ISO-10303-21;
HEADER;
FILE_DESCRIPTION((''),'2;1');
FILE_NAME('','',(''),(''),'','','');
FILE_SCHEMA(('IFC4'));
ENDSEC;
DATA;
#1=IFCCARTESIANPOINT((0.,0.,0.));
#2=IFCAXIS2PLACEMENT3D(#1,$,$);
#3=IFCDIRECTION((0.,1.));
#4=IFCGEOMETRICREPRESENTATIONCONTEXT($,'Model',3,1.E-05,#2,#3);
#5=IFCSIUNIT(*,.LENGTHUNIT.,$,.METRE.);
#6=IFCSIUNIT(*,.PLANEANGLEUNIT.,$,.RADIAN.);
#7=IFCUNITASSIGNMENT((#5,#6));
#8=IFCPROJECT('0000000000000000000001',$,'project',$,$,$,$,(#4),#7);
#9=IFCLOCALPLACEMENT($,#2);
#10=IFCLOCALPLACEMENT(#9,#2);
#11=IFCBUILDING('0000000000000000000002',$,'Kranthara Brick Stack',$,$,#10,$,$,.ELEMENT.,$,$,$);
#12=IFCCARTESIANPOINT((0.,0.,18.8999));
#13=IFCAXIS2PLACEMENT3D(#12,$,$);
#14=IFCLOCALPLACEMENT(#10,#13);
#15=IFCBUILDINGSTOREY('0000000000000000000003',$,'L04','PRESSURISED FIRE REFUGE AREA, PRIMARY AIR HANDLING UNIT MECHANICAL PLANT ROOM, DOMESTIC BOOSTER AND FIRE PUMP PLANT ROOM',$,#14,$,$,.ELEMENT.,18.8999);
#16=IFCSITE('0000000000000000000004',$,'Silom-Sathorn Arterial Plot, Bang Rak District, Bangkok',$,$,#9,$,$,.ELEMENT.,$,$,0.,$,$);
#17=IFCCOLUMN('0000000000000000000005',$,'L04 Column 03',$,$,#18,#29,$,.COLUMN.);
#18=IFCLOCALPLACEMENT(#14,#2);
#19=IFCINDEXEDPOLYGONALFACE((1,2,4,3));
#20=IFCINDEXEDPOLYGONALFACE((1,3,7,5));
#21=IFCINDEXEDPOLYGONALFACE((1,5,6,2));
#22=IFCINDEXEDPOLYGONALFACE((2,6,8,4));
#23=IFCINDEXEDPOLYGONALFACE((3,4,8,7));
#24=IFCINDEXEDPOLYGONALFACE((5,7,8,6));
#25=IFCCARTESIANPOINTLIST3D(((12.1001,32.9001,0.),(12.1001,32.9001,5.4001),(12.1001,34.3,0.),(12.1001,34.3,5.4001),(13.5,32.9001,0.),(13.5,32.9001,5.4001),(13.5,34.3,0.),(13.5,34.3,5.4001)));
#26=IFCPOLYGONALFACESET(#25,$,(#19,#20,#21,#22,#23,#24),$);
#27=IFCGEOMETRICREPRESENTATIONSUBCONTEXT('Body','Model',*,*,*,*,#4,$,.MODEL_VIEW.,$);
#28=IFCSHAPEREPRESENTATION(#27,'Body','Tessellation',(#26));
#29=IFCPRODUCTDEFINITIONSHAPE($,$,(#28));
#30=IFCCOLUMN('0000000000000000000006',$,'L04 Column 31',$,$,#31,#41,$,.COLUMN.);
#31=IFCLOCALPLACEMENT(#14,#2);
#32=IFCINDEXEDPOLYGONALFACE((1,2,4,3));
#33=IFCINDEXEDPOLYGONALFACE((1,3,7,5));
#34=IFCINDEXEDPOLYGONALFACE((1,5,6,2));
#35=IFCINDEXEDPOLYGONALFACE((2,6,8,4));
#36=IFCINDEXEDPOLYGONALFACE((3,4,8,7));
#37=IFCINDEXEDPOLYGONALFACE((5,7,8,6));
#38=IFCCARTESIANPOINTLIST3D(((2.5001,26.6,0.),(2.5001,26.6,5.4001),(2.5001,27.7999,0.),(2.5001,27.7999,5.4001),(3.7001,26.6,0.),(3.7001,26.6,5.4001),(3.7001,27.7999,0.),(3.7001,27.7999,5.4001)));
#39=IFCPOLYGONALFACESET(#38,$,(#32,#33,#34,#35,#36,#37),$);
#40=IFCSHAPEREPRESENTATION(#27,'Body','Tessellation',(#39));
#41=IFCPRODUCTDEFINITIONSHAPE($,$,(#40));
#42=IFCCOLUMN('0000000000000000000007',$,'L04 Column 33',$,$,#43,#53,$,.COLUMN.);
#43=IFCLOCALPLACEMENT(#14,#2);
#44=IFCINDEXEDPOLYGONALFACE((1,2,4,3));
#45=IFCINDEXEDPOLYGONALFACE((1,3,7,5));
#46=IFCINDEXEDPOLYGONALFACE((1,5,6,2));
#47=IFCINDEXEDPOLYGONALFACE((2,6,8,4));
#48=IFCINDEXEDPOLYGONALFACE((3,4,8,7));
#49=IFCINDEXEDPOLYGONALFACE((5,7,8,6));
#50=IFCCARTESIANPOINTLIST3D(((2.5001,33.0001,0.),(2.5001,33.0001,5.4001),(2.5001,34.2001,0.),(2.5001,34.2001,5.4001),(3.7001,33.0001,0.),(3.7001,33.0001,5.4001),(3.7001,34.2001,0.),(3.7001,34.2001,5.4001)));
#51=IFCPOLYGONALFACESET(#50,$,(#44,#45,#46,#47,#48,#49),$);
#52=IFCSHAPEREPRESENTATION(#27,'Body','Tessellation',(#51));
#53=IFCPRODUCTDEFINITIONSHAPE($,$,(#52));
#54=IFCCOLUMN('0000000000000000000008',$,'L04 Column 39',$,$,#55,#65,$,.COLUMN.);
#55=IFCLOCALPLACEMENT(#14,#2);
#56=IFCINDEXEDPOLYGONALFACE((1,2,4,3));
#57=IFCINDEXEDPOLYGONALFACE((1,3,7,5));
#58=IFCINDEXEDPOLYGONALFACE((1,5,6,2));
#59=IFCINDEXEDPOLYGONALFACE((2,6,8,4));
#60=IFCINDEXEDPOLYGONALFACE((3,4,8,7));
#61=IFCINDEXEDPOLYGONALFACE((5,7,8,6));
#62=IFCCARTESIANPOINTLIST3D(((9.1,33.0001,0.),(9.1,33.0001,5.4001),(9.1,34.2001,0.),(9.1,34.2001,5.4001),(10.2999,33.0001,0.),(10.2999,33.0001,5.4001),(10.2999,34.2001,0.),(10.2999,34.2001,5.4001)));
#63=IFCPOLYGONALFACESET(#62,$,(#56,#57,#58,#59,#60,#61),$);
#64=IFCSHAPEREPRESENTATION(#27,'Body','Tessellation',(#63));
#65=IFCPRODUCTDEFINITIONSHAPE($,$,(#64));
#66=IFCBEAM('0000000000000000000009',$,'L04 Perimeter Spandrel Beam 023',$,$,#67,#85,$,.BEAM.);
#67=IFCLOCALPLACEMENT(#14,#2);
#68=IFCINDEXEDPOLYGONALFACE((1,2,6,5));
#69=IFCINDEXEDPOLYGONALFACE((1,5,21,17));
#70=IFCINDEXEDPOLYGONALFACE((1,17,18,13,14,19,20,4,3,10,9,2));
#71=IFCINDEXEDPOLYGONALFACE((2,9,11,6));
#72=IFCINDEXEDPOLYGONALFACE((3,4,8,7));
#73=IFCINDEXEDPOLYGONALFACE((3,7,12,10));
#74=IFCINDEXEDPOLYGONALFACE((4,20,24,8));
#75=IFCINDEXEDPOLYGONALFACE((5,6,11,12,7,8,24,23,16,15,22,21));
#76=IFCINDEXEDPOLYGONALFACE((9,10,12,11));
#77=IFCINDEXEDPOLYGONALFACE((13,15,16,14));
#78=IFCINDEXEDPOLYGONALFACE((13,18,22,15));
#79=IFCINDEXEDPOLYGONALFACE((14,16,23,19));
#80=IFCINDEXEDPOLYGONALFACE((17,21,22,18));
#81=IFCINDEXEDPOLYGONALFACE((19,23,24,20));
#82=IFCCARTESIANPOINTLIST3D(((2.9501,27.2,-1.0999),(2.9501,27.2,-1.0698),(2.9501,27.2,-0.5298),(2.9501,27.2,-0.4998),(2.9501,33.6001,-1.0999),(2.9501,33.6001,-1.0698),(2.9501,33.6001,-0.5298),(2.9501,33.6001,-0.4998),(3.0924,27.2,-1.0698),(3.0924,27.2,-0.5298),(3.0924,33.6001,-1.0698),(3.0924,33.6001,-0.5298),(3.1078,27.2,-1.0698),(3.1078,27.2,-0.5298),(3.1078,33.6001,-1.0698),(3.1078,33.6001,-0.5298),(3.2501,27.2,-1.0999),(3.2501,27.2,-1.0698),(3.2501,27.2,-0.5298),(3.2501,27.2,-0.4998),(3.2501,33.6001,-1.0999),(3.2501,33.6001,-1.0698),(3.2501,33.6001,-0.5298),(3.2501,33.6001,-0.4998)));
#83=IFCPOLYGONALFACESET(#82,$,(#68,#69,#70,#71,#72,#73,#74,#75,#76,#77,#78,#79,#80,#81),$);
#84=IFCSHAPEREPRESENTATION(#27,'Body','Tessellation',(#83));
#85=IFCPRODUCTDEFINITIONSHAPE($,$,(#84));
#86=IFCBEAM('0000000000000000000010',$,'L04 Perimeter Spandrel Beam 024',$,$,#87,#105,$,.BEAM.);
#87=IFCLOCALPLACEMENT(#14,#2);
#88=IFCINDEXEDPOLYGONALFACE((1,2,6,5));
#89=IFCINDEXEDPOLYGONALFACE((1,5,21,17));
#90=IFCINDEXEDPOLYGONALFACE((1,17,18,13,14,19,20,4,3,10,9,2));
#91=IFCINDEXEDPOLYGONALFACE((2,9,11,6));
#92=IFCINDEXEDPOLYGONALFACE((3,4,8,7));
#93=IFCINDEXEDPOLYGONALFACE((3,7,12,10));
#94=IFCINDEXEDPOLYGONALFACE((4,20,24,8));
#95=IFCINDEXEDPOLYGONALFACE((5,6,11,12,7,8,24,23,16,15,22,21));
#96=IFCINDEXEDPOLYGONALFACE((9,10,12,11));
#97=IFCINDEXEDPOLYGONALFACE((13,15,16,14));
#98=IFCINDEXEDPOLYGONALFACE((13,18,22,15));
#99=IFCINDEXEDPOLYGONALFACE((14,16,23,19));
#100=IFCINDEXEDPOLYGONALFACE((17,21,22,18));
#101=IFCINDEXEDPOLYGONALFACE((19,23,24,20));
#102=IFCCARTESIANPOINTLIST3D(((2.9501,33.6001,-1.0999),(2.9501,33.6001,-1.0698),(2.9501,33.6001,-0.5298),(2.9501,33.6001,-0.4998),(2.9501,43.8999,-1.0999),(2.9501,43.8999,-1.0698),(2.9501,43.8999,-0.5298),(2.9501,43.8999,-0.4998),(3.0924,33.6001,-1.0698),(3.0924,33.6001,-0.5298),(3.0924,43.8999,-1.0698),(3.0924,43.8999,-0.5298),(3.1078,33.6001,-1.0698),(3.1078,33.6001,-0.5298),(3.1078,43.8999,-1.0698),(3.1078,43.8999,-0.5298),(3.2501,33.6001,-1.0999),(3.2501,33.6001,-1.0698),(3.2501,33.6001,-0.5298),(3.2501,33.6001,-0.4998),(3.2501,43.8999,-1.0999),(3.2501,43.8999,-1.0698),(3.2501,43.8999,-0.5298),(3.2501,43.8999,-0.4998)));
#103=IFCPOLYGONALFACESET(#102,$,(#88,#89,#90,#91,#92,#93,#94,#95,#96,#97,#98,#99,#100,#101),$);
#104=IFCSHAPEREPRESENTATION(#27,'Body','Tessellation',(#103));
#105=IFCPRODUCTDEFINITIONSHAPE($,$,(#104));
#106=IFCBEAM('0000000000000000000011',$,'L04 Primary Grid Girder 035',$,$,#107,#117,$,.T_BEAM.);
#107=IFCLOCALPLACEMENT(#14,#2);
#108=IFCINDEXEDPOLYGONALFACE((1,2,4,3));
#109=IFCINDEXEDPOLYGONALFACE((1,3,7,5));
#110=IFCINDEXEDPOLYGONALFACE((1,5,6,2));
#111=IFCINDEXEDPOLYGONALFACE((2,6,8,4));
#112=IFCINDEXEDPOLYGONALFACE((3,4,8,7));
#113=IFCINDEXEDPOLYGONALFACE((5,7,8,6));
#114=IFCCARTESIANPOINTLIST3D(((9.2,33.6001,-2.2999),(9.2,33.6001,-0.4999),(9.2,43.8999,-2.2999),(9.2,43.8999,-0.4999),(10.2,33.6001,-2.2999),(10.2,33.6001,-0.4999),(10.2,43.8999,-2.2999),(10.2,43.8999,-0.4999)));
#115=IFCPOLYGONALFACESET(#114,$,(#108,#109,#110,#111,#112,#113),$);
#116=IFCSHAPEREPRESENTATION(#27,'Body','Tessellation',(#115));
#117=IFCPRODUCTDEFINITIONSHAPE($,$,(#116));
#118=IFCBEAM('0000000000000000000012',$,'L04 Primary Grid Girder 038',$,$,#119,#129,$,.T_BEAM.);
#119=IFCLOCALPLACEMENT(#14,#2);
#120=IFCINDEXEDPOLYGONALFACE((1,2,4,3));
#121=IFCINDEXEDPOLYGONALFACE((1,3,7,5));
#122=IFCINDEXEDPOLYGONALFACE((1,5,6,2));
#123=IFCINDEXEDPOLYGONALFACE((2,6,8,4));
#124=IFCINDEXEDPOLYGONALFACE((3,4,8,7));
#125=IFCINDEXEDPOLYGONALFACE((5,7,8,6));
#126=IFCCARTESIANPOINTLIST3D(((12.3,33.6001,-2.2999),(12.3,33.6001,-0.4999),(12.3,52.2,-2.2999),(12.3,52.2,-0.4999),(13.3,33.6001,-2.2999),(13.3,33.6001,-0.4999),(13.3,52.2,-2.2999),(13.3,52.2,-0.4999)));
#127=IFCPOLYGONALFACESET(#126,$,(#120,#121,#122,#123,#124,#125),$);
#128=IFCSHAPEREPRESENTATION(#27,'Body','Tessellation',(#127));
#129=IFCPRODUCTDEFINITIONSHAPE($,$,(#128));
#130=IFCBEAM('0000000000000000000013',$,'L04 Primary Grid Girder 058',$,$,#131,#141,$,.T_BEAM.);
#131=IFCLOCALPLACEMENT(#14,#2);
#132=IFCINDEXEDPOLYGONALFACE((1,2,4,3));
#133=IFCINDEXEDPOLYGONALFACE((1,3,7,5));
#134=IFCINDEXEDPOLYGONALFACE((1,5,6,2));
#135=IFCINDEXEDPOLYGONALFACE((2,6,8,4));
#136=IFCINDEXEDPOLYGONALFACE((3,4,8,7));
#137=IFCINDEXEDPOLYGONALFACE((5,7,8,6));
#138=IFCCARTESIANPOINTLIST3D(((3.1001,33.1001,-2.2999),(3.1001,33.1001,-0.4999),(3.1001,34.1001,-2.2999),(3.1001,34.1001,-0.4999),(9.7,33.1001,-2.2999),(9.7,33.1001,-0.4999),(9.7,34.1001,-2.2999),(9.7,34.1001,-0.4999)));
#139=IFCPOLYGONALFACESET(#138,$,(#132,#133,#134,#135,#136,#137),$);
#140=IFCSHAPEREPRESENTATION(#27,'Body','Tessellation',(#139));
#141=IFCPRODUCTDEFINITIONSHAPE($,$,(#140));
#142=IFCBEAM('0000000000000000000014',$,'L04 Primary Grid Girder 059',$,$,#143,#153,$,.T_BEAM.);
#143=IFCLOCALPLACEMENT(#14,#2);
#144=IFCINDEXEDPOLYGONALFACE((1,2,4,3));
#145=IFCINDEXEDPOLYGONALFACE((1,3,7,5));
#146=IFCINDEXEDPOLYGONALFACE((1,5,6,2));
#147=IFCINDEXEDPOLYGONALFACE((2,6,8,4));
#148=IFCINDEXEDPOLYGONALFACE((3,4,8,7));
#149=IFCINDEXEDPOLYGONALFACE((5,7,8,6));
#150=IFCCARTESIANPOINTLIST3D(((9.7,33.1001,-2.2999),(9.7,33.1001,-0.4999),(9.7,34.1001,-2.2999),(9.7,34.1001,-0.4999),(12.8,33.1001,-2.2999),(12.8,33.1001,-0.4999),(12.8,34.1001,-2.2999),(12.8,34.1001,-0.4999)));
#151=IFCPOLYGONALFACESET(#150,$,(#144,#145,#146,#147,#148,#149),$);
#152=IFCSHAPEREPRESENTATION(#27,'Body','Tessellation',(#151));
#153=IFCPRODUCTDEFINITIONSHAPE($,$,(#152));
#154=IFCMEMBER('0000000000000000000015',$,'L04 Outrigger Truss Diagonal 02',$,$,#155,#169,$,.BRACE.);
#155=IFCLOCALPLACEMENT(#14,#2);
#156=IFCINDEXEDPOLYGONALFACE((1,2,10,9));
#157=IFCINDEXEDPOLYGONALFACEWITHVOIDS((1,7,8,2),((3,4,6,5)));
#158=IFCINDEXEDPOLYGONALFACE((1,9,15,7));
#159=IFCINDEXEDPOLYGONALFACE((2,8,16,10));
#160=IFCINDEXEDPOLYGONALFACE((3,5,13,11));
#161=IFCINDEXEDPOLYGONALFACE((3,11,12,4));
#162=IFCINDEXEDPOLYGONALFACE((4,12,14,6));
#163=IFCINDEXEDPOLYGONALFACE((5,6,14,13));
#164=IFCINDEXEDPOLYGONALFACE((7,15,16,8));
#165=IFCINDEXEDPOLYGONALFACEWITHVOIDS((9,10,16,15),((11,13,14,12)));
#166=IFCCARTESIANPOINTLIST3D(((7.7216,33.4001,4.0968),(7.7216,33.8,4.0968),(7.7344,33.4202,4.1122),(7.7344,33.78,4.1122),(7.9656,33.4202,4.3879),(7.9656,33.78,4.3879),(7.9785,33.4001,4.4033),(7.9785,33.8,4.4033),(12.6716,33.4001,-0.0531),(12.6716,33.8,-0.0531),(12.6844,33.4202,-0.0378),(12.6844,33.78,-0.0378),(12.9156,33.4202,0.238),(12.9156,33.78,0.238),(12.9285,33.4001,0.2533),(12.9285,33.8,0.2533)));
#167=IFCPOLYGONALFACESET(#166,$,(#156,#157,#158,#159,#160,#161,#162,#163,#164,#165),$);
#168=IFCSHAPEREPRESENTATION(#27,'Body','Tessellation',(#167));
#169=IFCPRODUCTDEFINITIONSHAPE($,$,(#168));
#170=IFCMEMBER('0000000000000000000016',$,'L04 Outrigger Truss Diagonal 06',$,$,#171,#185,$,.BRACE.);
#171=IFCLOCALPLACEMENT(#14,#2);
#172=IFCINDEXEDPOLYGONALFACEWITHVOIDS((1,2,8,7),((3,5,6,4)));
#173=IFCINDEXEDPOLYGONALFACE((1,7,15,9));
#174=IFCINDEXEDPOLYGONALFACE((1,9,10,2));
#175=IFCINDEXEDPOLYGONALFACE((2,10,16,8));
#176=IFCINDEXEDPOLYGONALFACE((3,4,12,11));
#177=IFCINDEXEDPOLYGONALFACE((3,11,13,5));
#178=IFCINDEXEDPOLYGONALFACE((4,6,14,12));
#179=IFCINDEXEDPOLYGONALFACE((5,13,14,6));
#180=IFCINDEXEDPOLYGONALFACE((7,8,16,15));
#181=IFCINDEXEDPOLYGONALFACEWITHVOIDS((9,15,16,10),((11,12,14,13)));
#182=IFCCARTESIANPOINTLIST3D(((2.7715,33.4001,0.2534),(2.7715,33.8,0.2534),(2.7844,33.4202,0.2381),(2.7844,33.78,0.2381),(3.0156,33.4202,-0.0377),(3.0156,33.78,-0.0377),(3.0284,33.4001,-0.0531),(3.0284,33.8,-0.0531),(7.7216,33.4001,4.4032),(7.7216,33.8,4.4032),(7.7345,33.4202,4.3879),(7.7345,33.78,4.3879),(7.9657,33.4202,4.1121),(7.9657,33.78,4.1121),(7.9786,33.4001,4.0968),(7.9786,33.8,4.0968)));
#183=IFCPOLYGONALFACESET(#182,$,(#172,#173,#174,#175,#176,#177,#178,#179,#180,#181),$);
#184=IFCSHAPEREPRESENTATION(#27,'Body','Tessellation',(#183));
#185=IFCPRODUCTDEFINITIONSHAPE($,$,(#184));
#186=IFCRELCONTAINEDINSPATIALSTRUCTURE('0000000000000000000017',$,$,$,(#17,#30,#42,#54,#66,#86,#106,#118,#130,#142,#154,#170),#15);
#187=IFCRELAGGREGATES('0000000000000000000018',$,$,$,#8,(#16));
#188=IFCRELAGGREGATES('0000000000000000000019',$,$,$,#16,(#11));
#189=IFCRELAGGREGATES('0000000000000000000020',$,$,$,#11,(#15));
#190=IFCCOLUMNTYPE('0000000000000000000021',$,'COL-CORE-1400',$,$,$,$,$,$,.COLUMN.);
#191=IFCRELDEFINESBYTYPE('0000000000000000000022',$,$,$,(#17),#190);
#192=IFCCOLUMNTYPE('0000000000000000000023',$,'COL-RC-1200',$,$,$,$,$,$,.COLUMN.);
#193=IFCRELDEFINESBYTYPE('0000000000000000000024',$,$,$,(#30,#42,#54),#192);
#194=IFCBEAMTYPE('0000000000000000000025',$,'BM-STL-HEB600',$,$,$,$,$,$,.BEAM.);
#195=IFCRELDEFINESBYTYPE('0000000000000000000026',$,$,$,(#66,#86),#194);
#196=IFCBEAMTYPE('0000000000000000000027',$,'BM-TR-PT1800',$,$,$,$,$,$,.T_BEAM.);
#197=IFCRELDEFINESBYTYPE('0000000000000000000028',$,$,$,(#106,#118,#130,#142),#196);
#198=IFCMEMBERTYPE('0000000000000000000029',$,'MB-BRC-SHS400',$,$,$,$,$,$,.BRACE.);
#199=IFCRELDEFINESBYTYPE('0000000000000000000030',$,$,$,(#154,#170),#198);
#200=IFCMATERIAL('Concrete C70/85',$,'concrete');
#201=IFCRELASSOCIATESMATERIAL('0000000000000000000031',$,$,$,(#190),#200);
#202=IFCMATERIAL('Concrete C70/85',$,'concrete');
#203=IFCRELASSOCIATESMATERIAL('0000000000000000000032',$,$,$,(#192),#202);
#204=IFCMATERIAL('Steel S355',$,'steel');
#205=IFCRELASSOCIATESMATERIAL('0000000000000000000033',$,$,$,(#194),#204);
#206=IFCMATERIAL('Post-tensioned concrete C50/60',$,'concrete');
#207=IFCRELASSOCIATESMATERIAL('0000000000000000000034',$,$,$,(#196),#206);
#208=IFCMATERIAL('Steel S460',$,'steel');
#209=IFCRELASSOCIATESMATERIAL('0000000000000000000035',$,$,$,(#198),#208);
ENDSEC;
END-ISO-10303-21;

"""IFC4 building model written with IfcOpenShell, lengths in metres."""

from ifc_helpers import new_model, si_unit, direction, frame, origin, origin_2d, place, context, subcontext, project, spatial, rectangle, hollow_rectangle, i_section, extrude, material, material_profile, profile_set, type_object, element, save


model = new_model("IFC4")

# Units and contexts
model_context = context("Model", 3, precision=1e-05, world=origin(), true_north=direction((0.0, 1.0)))
body_context = subcontext(model_context, "Body", "Model", "MODEL_VIEW")
ifc_project = project(units=[si_unit("LENGTHUNIT", "METRE"), si_unit("PLANEANGLEUNIT", "RADIAN")], contexts=[model_context])

# Site, building, storey
site_placement = place(None, origin())
site = spatial("IfcSite", under=ifc_project, at=site_placement, Name="Silom-Sathorn Arterial Plot, Bang Rak District, Bangkok", CompositionType="ELEMENT", RefElevation=0.0)
building_placement = place(site_placement, origin())
building = spatial("IfcBuilding", under=site, at=building_placement, Name="Kranthara Brick Stack", CompositionType="ELEMENT")
storey_placement = place(building_placement, frame((0.0, 0.0, 18.8999)))
storey = spatial("IfcBuildingStorey", under=building, at=storey_placement, Name="L04", Description="PRESSURISED FIRE REFUGE AREA, PRIMARY AIR HANDLING UNIT MECHANICAL PLANT ROOM, DOMESTIC BOOSTER AND FIRE PUMP PLANT ROOM", CompositionType="ELEMENT", Elevation=18.8999)

# Columns
ifc_material_1 = material(Name="Concrete C70/85", Category="concrete")
ifc_material_profile_1 = material_profile(ifc_material_1, rectangle(XDim=1.3999, YDim=1.3999, at=origin_2d()), Name="RC 1400x1400")
ifc_profile_set_1 = profile_set([ifc_material_profile_1], Name="Concrete C70/85")
column_type_1 = type_object("IfcColumnType", Name="COL-CORE-1400", PredefinedType="COLUMN", material=ifc_profile_set_1)
column_placement = place(storey_placement, frame((12.8, 33.6001, 0.0), z_axis=(0.0, 0.0, 1.0), x_axis=(1.0, 0.0, 0.0)))
element("IfcColumn", 1, at=column_placement, inside=storey, type_object=column_type_1, Name="L04 Column 03", PredefinedType="COLUMN", context=body_context, shape_type="SweptSolid", body=[
    extrude(rectangle(XDim=1.3999, YDim=1.3999, at=origin_2d()), origin(), (0.0, 0.0, 1.0), 5.4001),
])
ifc_material_2 = material(Name="Concrete C70/85", Category="concrete")
ifc_material_profile_2 = material_profile(ifc_material_2, rectangle(XDim=1.2, YDim=1.2, at=origin_2d()), Name="RC 1200x1200")
ifc_profile_set_2 = profile_set([ifc_material_profile_2], Name="Concrete C70/85")
column_type_2 = type_object("IfcColumnType", Name="COL-RC-1200", PredefinedType="COLUMN", material=ifc_profile_set_2)
for number, where, z_axis, x_axis, name in (
    (2, (3.1001, 27.2, 0.0), (0.0, 0.0, 1.0), (1.0, 0.0, 0.0), "L04 Column 31"),
    (3, (3.1001, 33.6001, 0.0), (0.0, 0.0, 1.0), (1.0, 0.0, 0.0), "L04 Column 33"),
    (4, (9.7, 33.6001, 0.0), (0.0, 0.0, 1.0), (1.0, 0.0, 0.0), "L04 Column 39"),
):
    element("IfcColumn", number, at=place(storey_placement, frame(where, z_axis=z_axis, x_axis=x_axis)), inside=storey, type_object=column_type_2, Name=name, PredefinedType="COLUMN", context=body_context, shape_type="SweptSolid", body=[
        extrude(rectangle(XDim=1.2, YDim=1.2, at=origin_2d()), origin(), (0.0, 0.0, 1.0), 5.4001),
    ])

# Beams
ifc_material_3 = material(Name="Steel S355", Category="steel")
ifc_material_profile_3 = material_profile(ifc_material_3, i_section(OverallWidth=0.3, OverallDepth=0.6001, WebThickness=0.0154, FlangeThickness=0.03, at=origin_2d()), Name="HEB 600")
ifc_profile_set_3 = profile_set([ifc_material_profile_3], Name="Steel S355")
beam_type_1 = type_object("IfcBeamType", Name="BM-STL-HEB600", PredefinedType="BEAM", material=ifc_profile_set_3)
beam_1_placement = place(storey_placement, frame((3.1001, 27.2, -0.7998), z_axis=(0.0, 1.0, 0.0), x_axis=(-1.0, 0.0, 0.0)))
element("IfcBeam", 5, at=beam_1_placement, inside=storey, type_object=beam_type_1, Name="L04 Perimeter Spandrel Beam 023", PredefinedType="BEAM", context=body_context, shape_type="SweptSolid", body=[
    extrude(i_section(OverallWidth=0.3, OverallDepth=0.6001, WebThickness=0.0154, FlangeThickness=0.03, at=origin_2d()), origin(), (0.0, 0.0, 1.0), 6.4001),
])
beam_2_placement = place(storey_placement, frame((3.1001, 33.6001, -0.7998), z_axis=(0.0, 1.0, 0.0), x_axis=(-1.0, 0.0, 0.0)))
element("IfcBeam", 6, at=beam_2_placement, inside=storey, type_object=beam_type_1, Name="L04 Perimeter Spandrel Beam 024", PredefinedType="BEAM", context=body_context, shape_type="SweptSolid", body=[
    extrude(i_section(OverallWidth=0.3, OverallDepth=0.6001, WebThickness=0.0154, FlangeThickness=0.03, at=origin_2d()), origin(), (0.0, 0.0, 1.0), 10.2998),
])
ifc_material_4 = material(Name="Post-tensioned concrete C50/60", Category="concrete")
ifc_material_profile_4 = material_profile(ifc_material_4, rectangle(XDim=1.0, YDim=1.8, at=origin_2d()), Name="PT 1000x1800")
ifc_profile_set_4 = profile_set([ifc_material_profile_4], Name="Post-tensioned concrete C50/60")
beam_type_2 = type_object("IfcBeamType", Name="BM-TR-PT1800", PredefinedType="T_BEAM", material=ifc_profile_set_4)
beam_3_placement = place(storey_placement, frame((9.7, 33.6001, -1.3999), z_axis=(0.0, 1.0, 0.0), x_axis=(-1.0, 0.0, 0.0)))
element("IfcBeam", 7, at=beam_3_placement, inside=storey, type_object=beam_type_2, Name="L04 Primary Grid Girder 035", PredefinedType="T_BEAM", context=body_context, shape_type="SweptSolid", body=[
    extrude(rectangle(XDim=1.0, YDim=1.8, at=origin_2d()), origin(), (0.0, 0.0, 1.0), 10.2998),
])
beam_4_placement = place(storey_placement, frame((12.8, 33.6001, -1.3999), z_axis=(0.0, 1.0, 0.0), x_axis=(-1.0, 0.0, 0.0)))
element("IfcBeam", 8, at=beam_4_placement, inside=storey, type_object=beam_type_2, Name="L04 Primary Grid Girder 038", PredefinedType="T_BEAM", context=body_context, shape_type="SweptSolid", body=[
    extrude(rectangle(XDim=1.0, YDim=1.8, at=origin_2d()), origin(), (0.0, 0.0, 1.0), 18.5999),
])
beam_5_placement = place(storey_placement, frame((3.1001, 33.6001, -1.3999), z_axis=(1.0, 0.0, 0.0), x_axis=(0.0, 1.0, 0.0)))
element("IfcBeam", 9, at=beam_5_placement, inside=storey, type_object=beam_type_2, Name="L04 Primary Grid Girder 058", PredefinedType="T_BEAM", context=body_context, shape_type="SweptSolid", body=[
    extrude(rectangle(XDim=1.0, YDim=1.8, at=origin_2d()), origin(), (0.0, 0.0, 1.0), 6.5999),
])
beam_6_placement = place(storey_placement, frame((9.7, 33.6001, -1.3999), z_axis=(1.0, 0.0, 0.0), x_axis=(0.0, 1.0, 0.0)))
element("IfcBeam", 10, at=beam_6_placement, inside=storey, type_object=beam_type_2, Name="L04 Primary Grid Girder 059", PredefinedType="T_BEAM", context=body_context, shape_type="SweptSolid", body=[
    extrude(rectangle(XDim=1.0, YDim=1.8, at=origin_2d()), origin(), (0.0, 0.0, 1.0), 3.1001),
])

# Members
ifc_material_5 = material(Name="Steel S460", Category="steel")
ifc_material_profile_5 = material_profile(ifc_material_5, hollow_rectangle(XDim=0.3999, YDim=0.3999, WallThickness=0.02, at=origin_2d()), Name="SHS 400x400x20")
ifc_profile_set_5 = profile_set([ifc_material_profile_5], Name="Steel S460")
member_type_1 = type_object("IfcMemberType", Name="MB-BRC-SHS400", PredefinedType="BRACE", material=ifc_profile_set_5)
for number, where, z_axis, x_axis, name in (
    (11, (12.8, 33.6001, 0.1001), (-0.766319, 0.0, 0.642461), (0.0, -1.0, 0.0), "L04 Outrigger Truss Diagonal 02"),
    (12, (7.8501, 33.6001, 4.25), (-0.766334, 0.0, -0.642442), (0.0, -1.0, 0.0), "L04 Outrigger Truss Diagonal 06"),
):
    element("IfcMember", number, at=place(storey_placement, frame(where, z_axis=z_axis, x_axis=x_axis)), inside=storey, type_object=member_type_1, Name=name, PredefinedType="BRACE", context=body_context, shape_type="SweptSolid", body=[
        extrude(hollow_rectangle(XDim=0.3999, YDim=0.3999, WallThickness=0.02, at=origin_2d()), origin(), (0.0, 0.0, 1.0), 6.4595),
    ])

save(model, "model.ifc")
